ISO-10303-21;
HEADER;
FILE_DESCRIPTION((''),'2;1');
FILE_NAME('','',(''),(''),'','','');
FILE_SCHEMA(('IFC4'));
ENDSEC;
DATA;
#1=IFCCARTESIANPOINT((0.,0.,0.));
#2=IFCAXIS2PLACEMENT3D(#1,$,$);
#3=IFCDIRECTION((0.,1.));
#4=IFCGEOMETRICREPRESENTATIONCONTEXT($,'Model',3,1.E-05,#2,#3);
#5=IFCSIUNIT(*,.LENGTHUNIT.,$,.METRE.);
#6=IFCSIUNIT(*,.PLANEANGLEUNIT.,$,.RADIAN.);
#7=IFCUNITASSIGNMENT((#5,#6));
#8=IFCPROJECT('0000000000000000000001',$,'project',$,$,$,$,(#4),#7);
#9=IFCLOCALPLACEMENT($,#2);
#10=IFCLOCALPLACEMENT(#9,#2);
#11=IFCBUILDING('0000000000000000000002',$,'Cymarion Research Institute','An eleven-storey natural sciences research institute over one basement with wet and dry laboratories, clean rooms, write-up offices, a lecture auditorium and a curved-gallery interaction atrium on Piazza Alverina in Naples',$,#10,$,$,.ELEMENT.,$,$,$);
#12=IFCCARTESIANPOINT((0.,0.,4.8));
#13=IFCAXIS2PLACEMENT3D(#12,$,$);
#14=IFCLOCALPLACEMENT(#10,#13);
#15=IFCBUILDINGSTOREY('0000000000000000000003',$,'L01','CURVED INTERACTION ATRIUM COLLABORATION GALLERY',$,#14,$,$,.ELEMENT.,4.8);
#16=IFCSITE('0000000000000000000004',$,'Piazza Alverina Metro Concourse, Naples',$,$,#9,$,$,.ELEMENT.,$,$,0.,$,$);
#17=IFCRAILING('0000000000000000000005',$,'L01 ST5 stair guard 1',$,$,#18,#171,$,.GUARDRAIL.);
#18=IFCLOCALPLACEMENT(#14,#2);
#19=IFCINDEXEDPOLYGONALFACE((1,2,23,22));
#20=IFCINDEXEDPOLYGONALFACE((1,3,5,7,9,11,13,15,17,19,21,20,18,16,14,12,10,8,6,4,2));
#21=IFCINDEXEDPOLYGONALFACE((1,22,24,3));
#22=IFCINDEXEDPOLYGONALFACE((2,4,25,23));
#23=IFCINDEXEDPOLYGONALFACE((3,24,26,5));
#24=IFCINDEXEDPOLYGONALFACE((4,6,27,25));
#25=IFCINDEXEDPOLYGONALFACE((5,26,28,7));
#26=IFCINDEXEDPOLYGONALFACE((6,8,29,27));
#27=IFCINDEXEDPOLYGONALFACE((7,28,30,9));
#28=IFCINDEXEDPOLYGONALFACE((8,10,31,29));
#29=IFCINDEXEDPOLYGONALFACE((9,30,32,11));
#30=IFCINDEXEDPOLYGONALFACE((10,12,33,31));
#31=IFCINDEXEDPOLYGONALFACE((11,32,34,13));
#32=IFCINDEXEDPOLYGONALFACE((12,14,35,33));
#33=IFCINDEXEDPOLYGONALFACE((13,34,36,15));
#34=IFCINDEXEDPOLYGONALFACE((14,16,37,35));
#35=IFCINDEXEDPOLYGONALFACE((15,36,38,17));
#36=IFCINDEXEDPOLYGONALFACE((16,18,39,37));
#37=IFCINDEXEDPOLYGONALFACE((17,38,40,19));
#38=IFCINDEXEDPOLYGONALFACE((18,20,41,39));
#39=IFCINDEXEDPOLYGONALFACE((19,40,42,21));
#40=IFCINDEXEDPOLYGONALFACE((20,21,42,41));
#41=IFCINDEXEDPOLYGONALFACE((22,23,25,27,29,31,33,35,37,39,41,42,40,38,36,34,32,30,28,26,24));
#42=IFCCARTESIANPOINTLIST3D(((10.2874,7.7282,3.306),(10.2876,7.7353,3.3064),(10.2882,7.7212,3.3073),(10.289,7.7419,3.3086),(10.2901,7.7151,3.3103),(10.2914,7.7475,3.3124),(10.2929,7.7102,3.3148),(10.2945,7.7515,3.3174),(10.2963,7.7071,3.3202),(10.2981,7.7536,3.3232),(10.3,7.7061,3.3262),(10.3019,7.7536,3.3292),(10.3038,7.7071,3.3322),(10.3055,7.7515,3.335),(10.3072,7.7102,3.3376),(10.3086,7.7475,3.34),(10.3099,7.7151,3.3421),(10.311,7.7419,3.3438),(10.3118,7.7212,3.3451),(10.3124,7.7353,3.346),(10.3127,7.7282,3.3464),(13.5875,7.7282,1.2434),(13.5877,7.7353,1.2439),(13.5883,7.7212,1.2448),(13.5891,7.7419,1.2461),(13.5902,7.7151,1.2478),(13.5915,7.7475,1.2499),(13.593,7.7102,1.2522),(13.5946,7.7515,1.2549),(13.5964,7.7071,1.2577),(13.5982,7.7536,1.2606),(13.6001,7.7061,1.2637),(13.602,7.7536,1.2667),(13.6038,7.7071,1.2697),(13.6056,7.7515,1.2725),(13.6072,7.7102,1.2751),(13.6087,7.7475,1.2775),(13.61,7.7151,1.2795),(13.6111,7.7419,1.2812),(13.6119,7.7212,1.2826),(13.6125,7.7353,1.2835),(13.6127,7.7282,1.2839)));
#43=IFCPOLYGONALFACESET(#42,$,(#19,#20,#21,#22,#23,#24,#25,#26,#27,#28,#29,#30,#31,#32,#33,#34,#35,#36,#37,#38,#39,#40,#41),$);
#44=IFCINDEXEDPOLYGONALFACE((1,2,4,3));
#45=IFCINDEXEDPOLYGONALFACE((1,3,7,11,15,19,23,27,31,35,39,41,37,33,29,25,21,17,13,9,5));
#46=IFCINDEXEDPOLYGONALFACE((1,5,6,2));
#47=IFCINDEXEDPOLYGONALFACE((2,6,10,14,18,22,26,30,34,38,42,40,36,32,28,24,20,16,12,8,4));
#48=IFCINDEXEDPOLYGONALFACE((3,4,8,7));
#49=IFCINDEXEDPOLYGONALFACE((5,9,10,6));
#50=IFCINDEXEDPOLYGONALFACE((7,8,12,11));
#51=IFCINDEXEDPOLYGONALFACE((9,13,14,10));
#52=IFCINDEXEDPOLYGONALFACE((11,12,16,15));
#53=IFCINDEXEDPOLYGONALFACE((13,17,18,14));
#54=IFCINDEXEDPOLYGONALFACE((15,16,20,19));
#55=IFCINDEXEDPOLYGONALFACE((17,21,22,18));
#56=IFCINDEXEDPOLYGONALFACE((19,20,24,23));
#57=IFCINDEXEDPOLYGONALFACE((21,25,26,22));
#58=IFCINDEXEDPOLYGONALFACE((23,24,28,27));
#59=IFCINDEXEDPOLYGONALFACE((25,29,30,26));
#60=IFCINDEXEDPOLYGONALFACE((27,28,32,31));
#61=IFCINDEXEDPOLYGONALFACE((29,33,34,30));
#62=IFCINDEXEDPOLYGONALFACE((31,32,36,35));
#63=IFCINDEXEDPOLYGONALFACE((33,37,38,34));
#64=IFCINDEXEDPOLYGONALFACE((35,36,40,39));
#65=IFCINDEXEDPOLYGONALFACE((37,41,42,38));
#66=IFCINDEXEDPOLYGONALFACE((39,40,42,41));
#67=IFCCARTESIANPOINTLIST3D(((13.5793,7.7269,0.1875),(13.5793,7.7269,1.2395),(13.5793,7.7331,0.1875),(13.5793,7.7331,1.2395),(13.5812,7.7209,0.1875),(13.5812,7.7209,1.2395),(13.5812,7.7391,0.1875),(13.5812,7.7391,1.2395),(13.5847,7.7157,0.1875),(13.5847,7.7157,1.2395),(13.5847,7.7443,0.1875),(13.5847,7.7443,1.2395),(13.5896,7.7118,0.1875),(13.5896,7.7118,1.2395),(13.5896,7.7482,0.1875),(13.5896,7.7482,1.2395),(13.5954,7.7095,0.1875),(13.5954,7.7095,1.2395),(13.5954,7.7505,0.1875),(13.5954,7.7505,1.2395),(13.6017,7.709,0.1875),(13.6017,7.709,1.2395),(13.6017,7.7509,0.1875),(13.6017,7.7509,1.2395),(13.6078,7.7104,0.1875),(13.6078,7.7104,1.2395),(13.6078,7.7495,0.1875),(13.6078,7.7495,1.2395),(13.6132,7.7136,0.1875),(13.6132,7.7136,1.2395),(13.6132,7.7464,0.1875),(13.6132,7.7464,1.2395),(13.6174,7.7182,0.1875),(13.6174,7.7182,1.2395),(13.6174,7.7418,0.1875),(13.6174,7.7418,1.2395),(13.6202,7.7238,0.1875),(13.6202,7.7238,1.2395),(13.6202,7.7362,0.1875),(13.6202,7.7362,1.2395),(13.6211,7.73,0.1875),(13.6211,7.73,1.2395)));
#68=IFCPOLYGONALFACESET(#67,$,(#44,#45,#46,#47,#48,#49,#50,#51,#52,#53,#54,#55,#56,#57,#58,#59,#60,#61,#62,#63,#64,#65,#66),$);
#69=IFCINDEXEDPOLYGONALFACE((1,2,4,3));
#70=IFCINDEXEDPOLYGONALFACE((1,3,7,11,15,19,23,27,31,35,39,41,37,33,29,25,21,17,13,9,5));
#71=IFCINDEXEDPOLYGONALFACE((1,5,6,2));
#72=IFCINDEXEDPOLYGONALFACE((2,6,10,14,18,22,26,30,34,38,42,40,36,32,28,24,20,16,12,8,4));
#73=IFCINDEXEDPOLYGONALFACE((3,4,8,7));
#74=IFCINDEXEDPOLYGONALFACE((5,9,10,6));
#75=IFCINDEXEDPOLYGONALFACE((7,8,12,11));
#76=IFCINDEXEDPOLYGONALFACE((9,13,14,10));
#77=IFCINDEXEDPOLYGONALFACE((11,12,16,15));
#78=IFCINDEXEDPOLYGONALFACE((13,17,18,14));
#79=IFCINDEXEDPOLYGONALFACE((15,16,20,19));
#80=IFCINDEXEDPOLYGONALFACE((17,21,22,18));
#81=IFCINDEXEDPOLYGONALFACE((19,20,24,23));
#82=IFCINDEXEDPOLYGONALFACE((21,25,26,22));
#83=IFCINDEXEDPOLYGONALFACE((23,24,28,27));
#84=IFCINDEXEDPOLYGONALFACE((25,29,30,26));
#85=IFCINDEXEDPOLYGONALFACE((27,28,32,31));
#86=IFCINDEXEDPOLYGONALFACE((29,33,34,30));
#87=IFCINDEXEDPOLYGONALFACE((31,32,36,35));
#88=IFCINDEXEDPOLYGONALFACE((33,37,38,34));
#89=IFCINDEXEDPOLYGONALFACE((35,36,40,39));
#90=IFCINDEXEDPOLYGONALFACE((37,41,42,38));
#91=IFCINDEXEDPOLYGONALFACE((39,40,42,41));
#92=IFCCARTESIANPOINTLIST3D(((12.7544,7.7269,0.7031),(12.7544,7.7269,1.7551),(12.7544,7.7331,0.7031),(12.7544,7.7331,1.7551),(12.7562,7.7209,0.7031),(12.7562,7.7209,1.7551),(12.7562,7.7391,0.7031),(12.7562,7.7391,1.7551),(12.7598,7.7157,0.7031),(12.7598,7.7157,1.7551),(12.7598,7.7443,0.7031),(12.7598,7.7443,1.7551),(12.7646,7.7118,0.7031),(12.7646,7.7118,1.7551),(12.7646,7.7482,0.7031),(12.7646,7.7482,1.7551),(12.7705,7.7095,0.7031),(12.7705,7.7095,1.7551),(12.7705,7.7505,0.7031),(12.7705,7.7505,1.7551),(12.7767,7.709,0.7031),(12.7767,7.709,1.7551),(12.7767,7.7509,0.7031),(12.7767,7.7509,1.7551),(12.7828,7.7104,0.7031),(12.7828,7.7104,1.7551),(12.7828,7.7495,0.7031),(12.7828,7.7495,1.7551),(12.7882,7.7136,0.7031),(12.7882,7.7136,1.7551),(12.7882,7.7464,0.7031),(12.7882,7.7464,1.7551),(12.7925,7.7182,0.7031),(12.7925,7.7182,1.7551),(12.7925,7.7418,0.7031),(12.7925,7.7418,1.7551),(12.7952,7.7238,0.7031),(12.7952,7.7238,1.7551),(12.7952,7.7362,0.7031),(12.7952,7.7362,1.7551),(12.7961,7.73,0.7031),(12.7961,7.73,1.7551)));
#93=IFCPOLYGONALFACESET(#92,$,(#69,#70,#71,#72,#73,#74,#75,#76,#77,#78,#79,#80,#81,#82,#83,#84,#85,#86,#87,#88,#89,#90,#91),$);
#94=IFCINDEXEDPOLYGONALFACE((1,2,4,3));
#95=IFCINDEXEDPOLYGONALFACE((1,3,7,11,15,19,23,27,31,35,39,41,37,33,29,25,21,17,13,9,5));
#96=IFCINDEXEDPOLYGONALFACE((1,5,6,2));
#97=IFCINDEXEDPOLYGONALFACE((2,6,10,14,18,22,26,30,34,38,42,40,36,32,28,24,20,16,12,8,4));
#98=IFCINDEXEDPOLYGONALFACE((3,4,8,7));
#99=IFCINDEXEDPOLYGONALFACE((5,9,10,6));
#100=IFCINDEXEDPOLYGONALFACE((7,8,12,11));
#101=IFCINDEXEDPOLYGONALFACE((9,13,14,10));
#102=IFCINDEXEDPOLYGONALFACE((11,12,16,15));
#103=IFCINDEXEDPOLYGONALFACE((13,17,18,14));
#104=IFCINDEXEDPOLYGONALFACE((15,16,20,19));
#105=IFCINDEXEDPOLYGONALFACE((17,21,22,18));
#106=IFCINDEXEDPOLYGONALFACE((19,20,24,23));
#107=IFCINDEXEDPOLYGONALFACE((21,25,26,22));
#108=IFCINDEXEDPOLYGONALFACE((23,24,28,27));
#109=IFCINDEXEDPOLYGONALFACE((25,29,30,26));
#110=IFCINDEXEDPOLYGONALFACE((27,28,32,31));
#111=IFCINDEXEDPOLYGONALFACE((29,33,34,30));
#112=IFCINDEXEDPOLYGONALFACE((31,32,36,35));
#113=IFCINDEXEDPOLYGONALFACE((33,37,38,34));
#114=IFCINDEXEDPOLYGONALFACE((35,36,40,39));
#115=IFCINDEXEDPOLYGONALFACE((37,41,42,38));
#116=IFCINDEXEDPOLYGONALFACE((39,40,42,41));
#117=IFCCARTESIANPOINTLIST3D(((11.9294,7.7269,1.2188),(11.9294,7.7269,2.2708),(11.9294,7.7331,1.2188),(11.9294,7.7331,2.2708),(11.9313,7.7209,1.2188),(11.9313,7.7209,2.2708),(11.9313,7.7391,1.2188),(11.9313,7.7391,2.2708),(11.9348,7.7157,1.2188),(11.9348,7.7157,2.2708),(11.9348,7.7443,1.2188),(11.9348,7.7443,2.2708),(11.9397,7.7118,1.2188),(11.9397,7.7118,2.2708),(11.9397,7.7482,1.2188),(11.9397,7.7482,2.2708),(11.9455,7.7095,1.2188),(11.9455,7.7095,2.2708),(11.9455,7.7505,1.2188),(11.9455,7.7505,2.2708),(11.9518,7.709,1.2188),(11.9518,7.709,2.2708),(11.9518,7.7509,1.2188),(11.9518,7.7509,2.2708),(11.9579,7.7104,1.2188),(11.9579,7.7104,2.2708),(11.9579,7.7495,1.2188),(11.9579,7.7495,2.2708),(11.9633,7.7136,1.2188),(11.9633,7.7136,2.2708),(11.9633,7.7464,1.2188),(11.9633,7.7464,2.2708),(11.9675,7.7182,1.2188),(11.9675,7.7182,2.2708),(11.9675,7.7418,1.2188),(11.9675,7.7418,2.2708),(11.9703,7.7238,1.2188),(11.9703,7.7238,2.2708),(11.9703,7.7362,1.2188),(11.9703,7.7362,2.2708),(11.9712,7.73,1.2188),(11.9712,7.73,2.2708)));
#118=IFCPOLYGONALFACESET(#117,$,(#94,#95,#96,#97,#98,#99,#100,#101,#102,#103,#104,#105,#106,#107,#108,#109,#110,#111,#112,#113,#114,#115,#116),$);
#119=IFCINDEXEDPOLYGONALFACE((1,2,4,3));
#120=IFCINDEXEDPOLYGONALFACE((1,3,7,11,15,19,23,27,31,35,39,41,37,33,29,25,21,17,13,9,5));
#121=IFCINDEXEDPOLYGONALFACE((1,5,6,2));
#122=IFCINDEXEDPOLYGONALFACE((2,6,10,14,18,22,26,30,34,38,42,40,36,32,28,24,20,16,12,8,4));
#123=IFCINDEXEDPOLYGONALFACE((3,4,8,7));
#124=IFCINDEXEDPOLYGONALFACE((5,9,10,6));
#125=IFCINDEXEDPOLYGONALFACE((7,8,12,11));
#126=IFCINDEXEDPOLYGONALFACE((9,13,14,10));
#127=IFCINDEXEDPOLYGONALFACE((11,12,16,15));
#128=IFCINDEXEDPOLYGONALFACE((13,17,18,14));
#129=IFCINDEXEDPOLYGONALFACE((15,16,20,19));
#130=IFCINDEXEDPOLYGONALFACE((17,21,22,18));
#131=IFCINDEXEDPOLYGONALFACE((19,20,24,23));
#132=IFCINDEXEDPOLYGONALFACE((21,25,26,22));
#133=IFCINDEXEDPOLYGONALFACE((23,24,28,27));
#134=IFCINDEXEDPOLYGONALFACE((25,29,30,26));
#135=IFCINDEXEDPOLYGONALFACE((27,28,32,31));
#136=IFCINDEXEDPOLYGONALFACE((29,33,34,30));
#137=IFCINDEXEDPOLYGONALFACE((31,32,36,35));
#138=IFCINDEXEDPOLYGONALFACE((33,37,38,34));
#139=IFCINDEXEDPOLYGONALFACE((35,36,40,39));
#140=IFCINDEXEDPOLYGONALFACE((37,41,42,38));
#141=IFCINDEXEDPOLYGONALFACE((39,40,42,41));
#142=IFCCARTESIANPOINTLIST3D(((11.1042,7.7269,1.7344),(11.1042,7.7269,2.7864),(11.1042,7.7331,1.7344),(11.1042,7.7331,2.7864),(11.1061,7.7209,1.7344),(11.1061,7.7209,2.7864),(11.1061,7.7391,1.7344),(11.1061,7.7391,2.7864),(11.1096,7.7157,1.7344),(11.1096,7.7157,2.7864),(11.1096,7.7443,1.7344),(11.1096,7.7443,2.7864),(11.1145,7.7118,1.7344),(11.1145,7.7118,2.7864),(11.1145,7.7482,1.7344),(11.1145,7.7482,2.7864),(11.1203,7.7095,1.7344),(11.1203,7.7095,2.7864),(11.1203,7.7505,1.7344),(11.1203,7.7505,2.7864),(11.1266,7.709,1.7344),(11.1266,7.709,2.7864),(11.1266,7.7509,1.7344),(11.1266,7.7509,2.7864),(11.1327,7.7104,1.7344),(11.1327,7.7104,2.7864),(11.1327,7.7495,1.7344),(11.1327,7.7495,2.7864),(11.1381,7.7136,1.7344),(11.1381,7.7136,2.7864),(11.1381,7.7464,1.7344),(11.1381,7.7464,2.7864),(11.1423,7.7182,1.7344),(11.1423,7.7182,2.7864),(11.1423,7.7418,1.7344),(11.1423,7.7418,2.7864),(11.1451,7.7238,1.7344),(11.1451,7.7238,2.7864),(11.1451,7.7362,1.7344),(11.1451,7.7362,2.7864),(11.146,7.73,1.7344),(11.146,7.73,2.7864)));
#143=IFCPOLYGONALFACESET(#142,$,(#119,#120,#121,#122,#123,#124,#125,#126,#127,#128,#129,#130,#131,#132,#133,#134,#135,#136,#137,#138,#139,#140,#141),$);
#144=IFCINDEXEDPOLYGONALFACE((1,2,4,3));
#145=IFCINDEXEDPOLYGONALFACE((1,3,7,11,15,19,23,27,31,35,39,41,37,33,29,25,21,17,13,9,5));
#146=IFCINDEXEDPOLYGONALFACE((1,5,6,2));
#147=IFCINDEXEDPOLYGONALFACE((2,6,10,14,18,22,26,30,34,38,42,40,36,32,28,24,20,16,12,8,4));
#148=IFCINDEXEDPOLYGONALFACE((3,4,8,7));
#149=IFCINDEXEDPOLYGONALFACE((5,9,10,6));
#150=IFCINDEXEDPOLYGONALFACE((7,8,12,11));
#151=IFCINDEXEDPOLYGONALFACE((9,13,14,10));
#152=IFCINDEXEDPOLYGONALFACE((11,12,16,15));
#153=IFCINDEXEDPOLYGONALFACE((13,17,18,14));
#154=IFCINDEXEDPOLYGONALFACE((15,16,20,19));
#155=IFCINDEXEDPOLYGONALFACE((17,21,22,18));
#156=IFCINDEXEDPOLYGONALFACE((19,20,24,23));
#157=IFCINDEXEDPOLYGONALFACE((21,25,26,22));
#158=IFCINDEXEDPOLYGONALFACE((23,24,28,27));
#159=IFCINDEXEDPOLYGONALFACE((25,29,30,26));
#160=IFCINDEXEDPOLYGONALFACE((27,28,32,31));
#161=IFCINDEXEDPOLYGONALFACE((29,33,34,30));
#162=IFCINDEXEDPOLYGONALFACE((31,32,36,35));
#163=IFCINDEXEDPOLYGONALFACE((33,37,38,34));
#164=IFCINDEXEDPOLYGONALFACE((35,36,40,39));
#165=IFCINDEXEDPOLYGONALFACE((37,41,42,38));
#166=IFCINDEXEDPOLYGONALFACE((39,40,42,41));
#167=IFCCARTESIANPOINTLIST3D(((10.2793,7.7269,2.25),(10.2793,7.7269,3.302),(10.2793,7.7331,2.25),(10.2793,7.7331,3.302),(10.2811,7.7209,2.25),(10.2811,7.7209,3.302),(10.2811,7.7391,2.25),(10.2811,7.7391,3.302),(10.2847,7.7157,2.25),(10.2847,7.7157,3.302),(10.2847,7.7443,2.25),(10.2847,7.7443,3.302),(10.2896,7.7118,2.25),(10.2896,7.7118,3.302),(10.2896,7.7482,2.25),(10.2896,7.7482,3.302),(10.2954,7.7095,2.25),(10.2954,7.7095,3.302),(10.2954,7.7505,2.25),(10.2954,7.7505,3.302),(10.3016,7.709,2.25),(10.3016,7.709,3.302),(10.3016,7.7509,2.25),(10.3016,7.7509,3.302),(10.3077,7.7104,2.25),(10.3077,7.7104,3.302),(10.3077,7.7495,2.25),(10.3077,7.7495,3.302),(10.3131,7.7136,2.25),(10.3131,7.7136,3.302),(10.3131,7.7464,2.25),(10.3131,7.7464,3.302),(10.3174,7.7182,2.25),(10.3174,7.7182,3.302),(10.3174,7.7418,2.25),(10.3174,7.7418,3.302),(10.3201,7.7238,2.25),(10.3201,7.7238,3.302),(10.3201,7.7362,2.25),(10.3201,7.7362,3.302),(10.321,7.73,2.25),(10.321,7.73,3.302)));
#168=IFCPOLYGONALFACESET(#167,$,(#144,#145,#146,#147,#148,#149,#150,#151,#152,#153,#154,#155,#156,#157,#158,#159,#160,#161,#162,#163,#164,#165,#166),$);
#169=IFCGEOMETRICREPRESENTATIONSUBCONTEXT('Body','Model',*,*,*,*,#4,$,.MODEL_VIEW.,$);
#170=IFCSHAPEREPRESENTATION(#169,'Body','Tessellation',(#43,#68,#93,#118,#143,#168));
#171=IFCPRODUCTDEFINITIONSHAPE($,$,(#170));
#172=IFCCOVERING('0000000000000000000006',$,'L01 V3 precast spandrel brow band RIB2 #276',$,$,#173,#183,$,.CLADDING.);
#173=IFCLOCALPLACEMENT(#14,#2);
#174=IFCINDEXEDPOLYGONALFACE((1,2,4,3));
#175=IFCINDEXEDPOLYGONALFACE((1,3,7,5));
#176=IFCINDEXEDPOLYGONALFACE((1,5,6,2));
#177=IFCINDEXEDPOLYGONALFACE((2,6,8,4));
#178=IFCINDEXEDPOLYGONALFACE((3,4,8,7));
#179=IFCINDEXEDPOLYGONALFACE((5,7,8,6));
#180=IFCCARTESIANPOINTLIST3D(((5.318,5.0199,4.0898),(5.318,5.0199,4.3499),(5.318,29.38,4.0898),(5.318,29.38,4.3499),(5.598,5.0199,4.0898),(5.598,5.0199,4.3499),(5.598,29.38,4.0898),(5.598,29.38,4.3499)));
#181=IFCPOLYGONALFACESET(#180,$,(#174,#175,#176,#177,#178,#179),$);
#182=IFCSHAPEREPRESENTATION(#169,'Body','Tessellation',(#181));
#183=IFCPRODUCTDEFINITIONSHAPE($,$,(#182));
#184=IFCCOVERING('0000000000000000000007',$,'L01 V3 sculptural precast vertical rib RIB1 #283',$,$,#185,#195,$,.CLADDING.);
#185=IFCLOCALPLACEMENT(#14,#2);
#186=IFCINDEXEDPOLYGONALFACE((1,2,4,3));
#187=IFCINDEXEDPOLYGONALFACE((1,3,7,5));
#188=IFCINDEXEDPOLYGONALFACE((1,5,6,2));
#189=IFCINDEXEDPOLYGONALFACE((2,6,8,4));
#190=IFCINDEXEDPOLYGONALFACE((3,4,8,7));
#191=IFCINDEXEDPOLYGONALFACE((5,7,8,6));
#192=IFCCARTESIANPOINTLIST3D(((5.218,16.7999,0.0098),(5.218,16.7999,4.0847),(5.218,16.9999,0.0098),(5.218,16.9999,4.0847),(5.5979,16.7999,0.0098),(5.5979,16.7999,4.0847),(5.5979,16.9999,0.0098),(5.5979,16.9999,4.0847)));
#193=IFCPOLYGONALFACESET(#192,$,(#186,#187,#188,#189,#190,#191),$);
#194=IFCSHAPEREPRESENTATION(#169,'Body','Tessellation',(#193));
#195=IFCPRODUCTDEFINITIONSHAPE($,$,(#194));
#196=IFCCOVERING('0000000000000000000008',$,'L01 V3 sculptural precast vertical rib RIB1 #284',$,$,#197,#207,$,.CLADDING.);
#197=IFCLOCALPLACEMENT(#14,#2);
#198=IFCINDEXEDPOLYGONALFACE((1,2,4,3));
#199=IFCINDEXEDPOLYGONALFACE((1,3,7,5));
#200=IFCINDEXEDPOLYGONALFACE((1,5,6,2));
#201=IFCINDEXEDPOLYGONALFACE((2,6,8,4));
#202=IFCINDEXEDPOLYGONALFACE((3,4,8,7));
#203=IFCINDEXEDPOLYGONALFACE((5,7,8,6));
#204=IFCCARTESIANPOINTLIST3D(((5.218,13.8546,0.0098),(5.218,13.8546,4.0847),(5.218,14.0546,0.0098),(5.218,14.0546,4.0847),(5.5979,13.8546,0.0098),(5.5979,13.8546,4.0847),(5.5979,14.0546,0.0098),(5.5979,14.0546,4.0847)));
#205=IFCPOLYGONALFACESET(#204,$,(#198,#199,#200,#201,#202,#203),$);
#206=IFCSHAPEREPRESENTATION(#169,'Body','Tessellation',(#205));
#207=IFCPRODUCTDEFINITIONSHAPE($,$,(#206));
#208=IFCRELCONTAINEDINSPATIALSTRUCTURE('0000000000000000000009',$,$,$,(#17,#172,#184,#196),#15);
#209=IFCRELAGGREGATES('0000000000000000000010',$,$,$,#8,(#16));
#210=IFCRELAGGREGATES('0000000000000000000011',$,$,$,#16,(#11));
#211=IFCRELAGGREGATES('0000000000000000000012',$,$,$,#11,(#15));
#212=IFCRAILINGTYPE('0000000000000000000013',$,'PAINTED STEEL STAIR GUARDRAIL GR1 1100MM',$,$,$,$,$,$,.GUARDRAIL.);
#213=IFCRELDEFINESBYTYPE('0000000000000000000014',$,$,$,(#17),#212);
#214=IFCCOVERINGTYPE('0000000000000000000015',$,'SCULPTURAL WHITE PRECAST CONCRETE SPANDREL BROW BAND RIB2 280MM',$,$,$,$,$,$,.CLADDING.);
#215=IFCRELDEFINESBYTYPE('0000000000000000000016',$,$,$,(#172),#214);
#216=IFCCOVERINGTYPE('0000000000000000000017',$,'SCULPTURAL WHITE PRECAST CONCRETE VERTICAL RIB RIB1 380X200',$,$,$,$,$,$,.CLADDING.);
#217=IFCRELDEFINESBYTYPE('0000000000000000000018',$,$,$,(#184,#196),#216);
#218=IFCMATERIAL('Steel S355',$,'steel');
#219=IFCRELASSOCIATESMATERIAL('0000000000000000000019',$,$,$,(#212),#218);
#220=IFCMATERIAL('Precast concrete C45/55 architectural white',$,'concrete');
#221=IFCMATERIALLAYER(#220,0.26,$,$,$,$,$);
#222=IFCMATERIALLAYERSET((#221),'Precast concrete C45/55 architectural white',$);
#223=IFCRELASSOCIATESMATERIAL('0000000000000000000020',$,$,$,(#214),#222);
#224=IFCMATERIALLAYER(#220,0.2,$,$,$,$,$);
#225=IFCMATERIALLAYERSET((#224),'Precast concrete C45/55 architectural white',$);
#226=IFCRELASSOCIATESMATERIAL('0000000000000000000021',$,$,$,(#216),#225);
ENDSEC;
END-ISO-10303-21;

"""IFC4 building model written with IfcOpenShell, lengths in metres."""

from ifc_helpers import new_model, si_unit, direction, frame, origin, origin_2d, place, context, subcontext, project, spatial, rectangle, circle, extrude, material, layer, layer_set, type_object, element, save


model = new_model("IFC4")

# Units and contexts
model_context = context("Model", 3, precision=1e-05, world=origin(), true_north=direction((0.0, 1.0)))
body_context = subcontext(model_context, "Body", "Model", "MODEL_VIEW")
ifc_project = project(units=[si_unit("LENGTHUNIT", "METRE"), si_unit("PLANEANGLEUNIT", "RADIAN")], contexts=[model_context])

# Site, building, storey
site_placement = place(None, origin())
site = spatial("IfcSite", under=ifc_project, at=site_placement, Name="Piazza Alverina Metro Concourse, Naples", CompositionType="ELEMENT", RefElevation=0.0)
building_placement = place(site_placement, origin())
building = spatial("IfcBuilding", under=site, at=building_placement, Name="Cymarion Research Institute", Description="An eleven-storey natural sciences research institute over one basement with wet and dry laboratories, clean rooms, write-up offices, a lecture auditorium and a curved-gallery interaction atrium on Piazza Alverina in Naples", CompositionType="ELEMENT")
storey_placement = place(building_placement, frame((0.0, 0.0, 4.8)))
storey = spatial("IfcBuildingStorey", under=building, at=storey_placement, Name="L01", Description="CURVED INTERACTION ATRIUM COLLABORATION GALLERY", CompositionType="ELEMENT", Elevation=4.8)

# Shared definitions
ifc_material_1 = material(Name="Steel S355", Category="steel")

# Railing
railing_type_1 = type_object("IfcRailingType", Name="PAINTED STEEL STAIR GUARDRAIL GR1 1100MM", PredefinedType="GUARDRAIL", material=ifc_material_1)
railing_1_placement = place(storey_placement, frame((13.6001, 7.73, 0.1875)))
element("IfcRailing", 1, at=railing_1_placement, inside=storey, type_object=railing_type_1, Name="L01 ST5 stair guard 1", PredefinedType="GUARDRAIL", context=body_context, shape_type="SweptSolid", body=[
    extrude(circle(Radius=0.0239, at=origin_2d()), frame((0.0, 0.0, 1.0762), z_axis=(-0.848002, 0.0, 0.529993), x_axis=(0.0, -1.0, 0.0)), (0.0, 0.0, 1.0), 3.8916),
    extrude(circle(Radius=0.021, at=origin_2d()), origin(), (0.0, 0.0, 1.0), 1.052),
    extrude(circle(Radius=0.021, at=origin_2d()), frame((-0.825, 0.0, 0.5156)), (0.0, 0.0, 1.0), 1.052),
    extrude(circle(Radius=0.021, at=origin_2d()), frame((-1.6499, 0.0, 1.0312)), (0.0, 0.0, 1.0), 1.052),
    extrude(circle(Radius=0.021, at=origin_2d()), frame((-2.4751, 0.0, 1.5469)), (0.0, 0.0, 1.0), 1.052),
    extrude(circle(Radius=0.021, at=origin_2d()), frame((-3.3, 0.0, 2.0625)), (0.0, 0.0, 1.0), 1.052),
])

# Coverings
ifc_material_2 = material(Name="Precast concrete C45/55 architectural white", Category="concrete")
ifc_layer_1 = layer(ifc_material_2, 0.26)
ifc_layer_set_1 = layer_set([ifc_layer_1], Name="Precast concrete C45/55 architectural white")
covering_type_1 = type_object("IfcCoveringType", Name="SCULPTURAL WHITE PRECAST CONCRETE SPANDREL BROW BAND RIB2 280MM", PredefinedType="CLADDING", material=ifc_layer_set_1)
covering_placement = place(storey_placement, frame((5.458, 17.2, 4.0898), z_axis=(0.0, 0.0, 1.0), x_axis=(-1.0, 0.0, 0.0)))
element("IfcCovering", 2, at=covering_placement, inside=storey, type_object=covering_type_1, Name="L01 V3 precast spandrel brow band RIB2 #276", PredefinedType="CLADDING", context=body_context, shape_type="SweptSolid", body=[
    extrude(rectangle(XDim=0.28, YDim=24.3601, at=origin_2d()), origin(), (0.0, 0.0, 1.0), 0.26),
])
ifc_layer_2 = layer(ifc_material_2, 0.2)
ifc_layer_set_2 = layer_set([ifc_layer_2], Name="Precast concrete C45/55 architectural white")
covering_type_2 = type_object("IfcCoveringType", Name="SCULPTURAL WHITE PRECAST CONCRETE VERTICAL RIB RIB1 380X200", PredefinedType="CLADDING", material=ifc_layer_set_2)
for number, where, z_axis, x_axis, name in (
    (3, (5.408, 16.8999, 0.0098), (0.0, 0.0, 1.0), (-1.0, 0.0, 0.0), "L01 V3 sculptural precast vertical rib RIB1 #283"),
    (4, (5.408, 13.9546, 0.0098), (0.0, 0.0, 1.0), (-1.0, 0.0, 0.0), "L01 V3 sculptural precast vertical rib RIB1 #284"),
):
    element("IfcCovering", number, at=place(storey_placement, frame(where, z_axis=z_axis, x_axis=x_axis)), inside=storey, type_object=covering_type_2, Name=name, PredefinedType="CLADDING", context=body_context, shape_type="SweptSolid", body=[
        extrude(rectangle(XDim=0.3799, YDim=0.2, at=origin_2d()), origin(), (0.0, 0.0, 1.0), 4.075),
    ])

save(model, "model.ifc")
